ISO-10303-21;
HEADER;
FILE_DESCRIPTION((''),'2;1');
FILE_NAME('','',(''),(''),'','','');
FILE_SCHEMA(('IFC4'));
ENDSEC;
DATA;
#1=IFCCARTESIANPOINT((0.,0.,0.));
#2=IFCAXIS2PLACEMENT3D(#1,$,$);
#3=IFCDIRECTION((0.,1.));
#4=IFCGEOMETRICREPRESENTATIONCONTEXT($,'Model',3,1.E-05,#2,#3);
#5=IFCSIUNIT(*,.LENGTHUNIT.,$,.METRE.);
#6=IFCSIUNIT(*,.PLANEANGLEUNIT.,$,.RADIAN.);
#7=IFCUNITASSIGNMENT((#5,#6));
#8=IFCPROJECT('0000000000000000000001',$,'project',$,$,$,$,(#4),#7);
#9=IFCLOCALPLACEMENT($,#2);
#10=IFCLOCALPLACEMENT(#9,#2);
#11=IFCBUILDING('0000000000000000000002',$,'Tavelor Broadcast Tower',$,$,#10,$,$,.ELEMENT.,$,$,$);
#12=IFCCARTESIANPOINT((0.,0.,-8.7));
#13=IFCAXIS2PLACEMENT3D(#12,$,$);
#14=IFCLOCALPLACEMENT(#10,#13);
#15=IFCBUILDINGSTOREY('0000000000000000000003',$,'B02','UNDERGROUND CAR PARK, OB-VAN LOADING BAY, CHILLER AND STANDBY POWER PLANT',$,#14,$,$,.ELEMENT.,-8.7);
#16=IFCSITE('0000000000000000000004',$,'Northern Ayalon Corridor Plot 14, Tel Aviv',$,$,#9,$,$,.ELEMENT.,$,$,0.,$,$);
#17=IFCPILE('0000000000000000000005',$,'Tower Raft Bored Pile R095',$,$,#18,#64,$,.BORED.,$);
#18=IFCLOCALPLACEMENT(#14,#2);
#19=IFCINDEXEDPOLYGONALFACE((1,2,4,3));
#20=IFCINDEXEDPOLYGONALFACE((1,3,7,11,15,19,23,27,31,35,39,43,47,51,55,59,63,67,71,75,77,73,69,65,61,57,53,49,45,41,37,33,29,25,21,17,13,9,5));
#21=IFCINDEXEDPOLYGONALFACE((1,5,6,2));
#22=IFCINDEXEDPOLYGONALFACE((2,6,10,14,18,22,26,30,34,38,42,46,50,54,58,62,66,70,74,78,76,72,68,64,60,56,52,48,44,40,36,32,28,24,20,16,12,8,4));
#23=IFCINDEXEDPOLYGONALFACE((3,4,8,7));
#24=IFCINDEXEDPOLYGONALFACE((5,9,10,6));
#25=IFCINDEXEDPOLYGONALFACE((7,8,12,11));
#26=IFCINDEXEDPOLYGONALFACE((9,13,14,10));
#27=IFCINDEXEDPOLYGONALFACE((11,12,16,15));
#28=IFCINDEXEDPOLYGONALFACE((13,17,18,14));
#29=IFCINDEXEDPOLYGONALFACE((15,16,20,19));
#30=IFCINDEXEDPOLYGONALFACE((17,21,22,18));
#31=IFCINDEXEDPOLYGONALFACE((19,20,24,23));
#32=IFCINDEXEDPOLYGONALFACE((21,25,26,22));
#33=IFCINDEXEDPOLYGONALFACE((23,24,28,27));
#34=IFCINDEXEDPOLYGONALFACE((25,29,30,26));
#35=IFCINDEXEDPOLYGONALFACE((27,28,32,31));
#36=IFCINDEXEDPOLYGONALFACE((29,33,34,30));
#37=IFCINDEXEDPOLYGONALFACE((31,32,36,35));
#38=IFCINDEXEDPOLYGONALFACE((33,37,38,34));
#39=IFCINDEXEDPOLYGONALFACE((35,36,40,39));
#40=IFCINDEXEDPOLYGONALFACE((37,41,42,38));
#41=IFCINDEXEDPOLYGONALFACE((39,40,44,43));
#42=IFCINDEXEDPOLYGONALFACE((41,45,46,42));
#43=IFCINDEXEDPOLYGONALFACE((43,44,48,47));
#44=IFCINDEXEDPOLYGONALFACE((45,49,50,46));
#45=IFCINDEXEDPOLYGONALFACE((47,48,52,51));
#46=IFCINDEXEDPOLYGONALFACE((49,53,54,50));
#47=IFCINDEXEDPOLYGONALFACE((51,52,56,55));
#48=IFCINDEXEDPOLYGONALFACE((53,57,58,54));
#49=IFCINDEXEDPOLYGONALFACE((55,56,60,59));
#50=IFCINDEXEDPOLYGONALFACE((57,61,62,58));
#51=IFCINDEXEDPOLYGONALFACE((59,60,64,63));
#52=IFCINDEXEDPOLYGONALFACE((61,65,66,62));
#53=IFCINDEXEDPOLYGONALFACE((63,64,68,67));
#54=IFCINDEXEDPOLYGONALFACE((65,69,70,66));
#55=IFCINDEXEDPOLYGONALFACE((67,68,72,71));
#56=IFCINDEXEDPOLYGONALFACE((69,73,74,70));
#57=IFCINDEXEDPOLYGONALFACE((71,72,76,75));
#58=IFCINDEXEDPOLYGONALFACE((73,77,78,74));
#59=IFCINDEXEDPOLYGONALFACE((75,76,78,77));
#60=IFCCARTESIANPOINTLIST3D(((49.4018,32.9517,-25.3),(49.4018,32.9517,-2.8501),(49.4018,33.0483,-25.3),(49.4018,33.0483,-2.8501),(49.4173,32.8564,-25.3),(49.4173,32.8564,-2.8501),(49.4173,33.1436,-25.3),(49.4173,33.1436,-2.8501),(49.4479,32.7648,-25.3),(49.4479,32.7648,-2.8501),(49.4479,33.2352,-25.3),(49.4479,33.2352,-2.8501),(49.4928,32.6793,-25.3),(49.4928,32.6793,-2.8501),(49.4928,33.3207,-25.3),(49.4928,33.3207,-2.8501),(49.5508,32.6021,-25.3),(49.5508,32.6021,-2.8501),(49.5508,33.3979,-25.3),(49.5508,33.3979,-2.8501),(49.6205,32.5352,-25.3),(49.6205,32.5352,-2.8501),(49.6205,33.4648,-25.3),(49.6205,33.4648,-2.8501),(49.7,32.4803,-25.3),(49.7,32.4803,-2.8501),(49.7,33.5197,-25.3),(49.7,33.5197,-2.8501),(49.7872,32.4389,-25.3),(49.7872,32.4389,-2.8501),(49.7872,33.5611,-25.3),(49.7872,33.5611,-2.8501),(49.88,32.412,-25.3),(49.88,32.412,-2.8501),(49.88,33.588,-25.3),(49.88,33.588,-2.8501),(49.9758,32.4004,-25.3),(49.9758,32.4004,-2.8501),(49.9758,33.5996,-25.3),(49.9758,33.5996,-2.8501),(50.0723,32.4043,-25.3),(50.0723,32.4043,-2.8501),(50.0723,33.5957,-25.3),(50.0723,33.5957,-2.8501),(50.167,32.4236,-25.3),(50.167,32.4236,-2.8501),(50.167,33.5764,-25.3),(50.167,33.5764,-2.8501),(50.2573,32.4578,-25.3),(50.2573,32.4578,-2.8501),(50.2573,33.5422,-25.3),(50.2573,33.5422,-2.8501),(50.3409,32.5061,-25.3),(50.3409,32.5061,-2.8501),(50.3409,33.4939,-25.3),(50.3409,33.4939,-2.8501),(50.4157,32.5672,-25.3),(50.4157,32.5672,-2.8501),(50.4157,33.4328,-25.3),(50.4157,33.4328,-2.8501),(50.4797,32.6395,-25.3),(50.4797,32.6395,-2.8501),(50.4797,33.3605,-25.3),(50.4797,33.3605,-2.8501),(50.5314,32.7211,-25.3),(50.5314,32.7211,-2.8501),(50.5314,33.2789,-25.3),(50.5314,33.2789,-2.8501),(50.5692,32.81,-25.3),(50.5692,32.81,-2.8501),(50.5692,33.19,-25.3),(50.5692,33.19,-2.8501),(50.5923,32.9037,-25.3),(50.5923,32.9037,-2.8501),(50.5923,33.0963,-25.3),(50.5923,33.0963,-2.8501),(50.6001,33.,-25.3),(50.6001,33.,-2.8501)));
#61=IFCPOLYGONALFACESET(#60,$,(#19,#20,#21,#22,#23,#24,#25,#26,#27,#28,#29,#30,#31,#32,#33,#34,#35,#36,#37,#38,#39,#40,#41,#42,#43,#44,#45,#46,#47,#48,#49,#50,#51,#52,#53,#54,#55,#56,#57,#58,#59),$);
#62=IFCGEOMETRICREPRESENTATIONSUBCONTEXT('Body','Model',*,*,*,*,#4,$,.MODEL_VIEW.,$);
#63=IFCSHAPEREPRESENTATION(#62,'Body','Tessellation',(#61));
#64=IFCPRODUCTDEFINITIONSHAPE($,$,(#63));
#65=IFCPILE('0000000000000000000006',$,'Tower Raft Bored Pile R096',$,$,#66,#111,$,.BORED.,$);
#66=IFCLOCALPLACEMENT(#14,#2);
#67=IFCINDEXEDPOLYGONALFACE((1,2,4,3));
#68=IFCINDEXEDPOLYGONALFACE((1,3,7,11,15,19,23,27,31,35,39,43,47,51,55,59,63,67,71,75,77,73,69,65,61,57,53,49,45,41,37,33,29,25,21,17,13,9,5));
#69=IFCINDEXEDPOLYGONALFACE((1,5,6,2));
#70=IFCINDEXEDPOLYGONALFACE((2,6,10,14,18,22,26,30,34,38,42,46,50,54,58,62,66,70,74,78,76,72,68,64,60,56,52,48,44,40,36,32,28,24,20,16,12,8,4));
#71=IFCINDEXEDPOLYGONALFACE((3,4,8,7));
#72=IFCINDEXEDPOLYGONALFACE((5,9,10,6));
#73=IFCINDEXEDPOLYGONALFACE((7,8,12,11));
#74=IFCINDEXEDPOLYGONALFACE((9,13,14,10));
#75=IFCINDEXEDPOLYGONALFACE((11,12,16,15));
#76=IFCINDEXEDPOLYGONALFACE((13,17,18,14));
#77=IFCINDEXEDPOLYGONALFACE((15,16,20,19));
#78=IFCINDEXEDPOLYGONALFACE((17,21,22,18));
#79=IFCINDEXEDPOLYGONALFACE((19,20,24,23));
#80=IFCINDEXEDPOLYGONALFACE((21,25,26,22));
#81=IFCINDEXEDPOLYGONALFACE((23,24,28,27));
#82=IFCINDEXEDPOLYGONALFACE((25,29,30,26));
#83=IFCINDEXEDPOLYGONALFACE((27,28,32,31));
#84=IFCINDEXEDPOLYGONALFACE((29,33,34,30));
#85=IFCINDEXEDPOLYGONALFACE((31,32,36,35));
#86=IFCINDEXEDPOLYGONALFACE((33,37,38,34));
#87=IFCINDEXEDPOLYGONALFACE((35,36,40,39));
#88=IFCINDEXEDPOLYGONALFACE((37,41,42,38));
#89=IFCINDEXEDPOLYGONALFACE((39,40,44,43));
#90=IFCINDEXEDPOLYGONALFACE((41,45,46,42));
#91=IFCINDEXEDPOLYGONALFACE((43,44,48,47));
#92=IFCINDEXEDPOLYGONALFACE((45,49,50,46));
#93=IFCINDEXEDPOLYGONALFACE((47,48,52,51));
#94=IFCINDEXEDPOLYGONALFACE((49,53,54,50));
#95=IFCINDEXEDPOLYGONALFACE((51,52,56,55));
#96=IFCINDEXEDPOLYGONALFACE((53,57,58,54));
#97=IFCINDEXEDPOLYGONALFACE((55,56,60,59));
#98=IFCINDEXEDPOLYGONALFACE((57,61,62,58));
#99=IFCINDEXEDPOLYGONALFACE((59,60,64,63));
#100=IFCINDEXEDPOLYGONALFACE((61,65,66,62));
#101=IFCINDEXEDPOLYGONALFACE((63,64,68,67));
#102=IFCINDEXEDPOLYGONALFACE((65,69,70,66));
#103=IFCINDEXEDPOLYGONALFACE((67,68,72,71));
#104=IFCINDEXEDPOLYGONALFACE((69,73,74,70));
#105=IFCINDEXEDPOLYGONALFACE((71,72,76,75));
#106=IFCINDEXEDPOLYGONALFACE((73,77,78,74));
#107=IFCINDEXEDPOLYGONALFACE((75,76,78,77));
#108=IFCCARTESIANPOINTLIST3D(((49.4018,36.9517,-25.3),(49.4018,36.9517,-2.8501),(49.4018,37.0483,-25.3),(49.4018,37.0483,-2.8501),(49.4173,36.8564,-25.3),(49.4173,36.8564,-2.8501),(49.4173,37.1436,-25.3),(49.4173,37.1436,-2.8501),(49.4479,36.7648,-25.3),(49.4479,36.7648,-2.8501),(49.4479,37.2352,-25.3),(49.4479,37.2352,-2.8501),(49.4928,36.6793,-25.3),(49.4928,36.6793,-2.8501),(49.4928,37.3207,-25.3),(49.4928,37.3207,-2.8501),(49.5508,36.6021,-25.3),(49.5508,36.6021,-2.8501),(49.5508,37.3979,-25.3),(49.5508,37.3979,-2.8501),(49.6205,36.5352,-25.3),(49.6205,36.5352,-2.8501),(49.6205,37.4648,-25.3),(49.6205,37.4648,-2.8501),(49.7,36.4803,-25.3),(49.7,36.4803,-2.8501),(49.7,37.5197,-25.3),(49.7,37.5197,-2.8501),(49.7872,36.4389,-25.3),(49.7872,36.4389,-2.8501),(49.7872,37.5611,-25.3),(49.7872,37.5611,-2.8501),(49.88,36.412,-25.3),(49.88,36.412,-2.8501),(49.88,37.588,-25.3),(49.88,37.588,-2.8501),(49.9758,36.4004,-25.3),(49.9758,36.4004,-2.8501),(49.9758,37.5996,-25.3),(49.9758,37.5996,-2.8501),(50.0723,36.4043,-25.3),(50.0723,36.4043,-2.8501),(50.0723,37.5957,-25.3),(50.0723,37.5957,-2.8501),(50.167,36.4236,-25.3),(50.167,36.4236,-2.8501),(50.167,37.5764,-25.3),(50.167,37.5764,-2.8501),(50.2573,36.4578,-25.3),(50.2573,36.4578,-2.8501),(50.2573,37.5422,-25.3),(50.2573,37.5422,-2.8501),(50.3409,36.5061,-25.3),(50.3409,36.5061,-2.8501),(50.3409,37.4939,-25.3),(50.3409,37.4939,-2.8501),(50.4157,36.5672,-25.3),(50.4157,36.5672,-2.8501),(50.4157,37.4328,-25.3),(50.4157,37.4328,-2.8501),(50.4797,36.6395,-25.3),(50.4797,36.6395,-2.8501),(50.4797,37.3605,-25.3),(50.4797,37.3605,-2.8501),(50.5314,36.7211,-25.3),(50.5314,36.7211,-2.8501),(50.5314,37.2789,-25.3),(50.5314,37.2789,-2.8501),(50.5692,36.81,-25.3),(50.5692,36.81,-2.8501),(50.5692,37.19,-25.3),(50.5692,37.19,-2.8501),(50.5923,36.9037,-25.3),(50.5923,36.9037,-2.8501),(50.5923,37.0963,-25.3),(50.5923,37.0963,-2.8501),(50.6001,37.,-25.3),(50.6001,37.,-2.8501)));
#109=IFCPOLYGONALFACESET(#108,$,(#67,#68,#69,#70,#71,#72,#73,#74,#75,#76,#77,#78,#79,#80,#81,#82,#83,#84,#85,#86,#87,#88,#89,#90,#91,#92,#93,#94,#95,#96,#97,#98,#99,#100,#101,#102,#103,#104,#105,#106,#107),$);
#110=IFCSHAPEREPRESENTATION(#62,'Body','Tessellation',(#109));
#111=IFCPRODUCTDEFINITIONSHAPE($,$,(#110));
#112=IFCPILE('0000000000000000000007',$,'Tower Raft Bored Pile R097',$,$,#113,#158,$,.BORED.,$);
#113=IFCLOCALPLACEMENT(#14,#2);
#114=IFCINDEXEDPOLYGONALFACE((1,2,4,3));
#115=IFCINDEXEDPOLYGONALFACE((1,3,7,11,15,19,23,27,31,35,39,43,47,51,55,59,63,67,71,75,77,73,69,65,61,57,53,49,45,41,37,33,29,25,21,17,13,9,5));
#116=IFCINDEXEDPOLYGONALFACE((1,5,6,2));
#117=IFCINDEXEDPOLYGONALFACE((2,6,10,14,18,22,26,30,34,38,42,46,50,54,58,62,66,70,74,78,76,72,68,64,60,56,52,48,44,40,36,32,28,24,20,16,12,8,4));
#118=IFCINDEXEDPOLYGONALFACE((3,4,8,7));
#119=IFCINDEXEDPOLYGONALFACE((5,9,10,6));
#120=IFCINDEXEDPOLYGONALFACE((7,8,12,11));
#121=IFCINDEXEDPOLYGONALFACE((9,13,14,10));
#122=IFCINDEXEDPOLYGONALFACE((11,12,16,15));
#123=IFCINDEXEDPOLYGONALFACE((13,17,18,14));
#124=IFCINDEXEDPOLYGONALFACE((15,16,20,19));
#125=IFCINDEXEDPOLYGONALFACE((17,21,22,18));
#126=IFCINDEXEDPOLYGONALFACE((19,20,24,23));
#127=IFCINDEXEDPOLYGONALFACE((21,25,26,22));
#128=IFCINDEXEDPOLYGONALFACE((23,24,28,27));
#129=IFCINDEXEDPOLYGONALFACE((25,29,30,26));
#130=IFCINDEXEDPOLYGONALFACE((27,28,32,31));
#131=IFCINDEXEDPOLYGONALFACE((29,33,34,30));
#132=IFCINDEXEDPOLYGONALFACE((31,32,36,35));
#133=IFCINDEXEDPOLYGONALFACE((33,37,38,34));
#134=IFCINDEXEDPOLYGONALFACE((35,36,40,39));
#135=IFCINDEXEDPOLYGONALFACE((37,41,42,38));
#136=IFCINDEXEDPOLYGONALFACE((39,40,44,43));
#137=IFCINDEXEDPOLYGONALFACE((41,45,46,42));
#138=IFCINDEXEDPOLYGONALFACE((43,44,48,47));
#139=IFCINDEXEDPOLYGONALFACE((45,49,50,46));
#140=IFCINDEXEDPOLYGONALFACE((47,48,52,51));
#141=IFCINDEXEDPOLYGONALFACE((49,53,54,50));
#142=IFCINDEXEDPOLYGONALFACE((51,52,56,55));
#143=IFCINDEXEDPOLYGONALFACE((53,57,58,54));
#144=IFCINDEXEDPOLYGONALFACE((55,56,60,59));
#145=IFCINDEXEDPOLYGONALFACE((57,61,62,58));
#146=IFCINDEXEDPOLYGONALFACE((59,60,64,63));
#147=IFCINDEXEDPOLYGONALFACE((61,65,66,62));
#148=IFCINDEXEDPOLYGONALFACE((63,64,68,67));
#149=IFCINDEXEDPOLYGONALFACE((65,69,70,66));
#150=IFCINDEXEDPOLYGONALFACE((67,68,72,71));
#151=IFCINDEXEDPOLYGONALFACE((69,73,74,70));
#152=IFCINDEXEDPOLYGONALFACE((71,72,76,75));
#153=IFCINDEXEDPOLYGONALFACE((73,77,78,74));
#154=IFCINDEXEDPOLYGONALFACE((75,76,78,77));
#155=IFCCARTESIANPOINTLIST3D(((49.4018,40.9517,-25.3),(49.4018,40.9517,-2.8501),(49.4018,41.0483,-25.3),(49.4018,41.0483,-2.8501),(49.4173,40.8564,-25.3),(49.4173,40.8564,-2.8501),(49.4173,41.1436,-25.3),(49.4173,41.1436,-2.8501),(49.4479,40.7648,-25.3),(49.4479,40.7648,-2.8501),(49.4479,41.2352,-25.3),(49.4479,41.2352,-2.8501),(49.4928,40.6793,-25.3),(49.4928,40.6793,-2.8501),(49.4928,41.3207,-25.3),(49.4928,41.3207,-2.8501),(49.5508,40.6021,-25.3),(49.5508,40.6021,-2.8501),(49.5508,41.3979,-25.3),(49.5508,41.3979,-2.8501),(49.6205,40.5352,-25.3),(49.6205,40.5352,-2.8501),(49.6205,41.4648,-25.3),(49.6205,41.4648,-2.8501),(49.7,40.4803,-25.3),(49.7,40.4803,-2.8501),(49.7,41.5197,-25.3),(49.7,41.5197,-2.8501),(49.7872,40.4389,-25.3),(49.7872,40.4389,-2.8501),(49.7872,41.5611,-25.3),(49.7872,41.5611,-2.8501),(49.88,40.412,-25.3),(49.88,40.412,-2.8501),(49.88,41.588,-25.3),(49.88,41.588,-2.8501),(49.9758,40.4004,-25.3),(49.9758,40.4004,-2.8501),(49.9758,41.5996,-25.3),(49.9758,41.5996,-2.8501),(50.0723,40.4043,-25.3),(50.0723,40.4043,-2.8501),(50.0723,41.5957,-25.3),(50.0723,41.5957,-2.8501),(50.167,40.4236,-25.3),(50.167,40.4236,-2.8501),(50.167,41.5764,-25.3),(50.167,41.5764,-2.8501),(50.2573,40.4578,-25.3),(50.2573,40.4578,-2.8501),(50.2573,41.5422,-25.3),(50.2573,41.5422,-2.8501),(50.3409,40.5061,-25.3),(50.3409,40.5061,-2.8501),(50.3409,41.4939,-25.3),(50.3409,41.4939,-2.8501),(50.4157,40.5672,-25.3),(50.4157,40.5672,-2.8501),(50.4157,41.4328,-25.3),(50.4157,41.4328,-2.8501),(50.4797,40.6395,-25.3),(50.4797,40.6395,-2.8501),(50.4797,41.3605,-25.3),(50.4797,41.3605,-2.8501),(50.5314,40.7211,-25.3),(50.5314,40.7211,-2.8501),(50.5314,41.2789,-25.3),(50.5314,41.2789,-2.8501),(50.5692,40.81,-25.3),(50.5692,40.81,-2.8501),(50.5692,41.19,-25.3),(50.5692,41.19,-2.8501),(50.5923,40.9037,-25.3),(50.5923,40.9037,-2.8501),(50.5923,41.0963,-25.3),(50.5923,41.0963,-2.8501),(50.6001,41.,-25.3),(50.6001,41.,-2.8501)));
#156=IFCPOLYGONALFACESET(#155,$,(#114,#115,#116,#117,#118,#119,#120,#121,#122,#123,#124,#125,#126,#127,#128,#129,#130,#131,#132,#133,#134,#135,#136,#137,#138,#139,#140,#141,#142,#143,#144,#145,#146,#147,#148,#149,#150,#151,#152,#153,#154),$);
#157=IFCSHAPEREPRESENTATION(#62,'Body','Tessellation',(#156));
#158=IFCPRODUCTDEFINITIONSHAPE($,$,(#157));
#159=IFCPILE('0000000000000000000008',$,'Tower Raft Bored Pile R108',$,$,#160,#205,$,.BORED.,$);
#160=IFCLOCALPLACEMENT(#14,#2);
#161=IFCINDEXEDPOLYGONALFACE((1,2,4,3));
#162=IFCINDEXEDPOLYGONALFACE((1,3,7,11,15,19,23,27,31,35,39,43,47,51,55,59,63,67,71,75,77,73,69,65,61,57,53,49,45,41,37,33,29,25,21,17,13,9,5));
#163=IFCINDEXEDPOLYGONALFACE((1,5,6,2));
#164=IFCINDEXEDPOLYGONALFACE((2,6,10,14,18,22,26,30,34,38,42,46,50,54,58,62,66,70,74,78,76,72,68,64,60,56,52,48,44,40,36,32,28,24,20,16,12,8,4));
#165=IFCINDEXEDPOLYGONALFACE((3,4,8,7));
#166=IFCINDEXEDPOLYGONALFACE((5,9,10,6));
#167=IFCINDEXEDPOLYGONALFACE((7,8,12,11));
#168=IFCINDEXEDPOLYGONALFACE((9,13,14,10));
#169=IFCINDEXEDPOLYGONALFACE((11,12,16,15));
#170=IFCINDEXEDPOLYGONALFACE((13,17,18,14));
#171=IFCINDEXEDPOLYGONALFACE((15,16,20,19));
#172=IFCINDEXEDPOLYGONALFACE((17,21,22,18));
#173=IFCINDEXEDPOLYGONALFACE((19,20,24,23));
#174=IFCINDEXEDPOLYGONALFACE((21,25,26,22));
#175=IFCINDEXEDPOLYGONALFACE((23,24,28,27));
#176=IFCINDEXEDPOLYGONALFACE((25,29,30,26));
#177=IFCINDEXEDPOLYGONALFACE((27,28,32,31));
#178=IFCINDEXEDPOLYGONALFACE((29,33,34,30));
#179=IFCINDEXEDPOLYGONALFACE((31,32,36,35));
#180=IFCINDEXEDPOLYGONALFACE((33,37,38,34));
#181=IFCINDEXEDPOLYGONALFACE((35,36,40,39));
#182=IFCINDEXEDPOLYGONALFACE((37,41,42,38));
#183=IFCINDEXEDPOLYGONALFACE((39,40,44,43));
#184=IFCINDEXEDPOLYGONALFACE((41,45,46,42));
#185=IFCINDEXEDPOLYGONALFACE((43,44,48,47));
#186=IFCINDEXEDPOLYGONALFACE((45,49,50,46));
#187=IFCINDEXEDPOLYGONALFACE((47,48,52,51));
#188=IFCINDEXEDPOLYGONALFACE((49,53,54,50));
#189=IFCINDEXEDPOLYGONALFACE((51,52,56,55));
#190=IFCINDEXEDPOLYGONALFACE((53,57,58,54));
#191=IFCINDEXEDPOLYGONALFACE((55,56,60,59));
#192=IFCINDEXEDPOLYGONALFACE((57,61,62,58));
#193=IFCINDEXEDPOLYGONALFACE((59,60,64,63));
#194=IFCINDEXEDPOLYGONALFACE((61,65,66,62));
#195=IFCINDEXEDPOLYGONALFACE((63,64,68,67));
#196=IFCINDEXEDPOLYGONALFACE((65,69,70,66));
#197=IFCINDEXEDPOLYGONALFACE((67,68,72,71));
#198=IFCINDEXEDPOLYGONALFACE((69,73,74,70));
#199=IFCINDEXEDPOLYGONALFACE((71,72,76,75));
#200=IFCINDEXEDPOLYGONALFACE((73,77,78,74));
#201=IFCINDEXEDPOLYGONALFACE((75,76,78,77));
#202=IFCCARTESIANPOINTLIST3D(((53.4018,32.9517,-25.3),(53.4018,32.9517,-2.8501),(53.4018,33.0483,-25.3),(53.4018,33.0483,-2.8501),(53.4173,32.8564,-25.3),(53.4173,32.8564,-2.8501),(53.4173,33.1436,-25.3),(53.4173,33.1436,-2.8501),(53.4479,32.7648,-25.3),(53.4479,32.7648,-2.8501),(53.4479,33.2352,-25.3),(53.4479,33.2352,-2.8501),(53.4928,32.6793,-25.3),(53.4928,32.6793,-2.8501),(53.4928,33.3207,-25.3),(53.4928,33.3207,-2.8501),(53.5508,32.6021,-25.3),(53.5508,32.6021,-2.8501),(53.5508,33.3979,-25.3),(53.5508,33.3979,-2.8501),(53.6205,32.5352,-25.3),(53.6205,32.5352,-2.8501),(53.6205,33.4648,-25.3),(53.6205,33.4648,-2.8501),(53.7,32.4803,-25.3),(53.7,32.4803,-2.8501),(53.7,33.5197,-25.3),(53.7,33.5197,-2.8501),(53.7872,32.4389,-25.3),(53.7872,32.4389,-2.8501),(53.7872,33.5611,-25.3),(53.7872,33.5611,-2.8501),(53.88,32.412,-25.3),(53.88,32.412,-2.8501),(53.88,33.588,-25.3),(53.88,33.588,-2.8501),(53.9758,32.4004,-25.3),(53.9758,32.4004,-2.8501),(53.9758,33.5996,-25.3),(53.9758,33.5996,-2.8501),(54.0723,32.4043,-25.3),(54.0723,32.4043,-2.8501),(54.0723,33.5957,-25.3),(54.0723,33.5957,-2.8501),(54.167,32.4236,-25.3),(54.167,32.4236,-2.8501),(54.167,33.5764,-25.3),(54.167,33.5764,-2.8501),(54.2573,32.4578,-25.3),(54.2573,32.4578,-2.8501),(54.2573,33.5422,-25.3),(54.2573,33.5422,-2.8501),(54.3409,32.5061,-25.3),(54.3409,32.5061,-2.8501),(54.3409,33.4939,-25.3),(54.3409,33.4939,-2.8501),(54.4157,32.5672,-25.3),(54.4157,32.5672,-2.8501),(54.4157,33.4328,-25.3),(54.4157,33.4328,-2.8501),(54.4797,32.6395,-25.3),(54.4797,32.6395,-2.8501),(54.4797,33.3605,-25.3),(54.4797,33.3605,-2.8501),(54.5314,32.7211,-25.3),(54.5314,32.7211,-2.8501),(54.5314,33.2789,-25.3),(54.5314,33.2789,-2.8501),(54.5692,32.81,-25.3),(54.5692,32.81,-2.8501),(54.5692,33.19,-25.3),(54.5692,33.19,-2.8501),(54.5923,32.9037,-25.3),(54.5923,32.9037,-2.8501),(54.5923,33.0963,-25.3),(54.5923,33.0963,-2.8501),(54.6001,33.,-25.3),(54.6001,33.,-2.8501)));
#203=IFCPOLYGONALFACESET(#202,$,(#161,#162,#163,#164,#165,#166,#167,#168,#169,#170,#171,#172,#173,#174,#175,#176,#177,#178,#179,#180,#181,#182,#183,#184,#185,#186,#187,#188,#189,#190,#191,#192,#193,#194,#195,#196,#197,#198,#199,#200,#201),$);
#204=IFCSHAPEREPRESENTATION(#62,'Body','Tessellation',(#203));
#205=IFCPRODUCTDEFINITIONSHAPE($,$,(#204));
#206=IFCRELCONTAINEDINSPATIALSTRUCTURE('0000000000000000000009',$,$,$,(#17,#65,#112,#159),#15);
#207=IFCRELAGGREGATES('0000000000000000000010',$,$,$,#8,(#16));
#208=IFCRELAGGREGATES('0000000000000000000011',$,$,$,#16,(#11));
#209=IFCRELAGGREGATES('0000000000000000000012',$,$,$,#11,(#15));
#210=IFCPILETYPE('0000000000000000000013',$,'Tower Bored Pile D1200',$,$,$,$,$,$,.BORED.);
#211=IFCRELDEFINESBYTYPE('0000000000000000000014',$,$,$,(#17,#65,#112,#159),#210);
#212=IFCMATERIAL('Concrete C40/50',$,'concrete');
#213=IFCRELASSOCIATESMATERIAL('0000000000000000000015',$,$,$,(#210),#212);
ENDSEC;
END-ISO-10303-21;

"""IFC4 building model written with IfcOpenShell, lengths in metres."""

from ifc_helpers import new_model, si_unit, direction, frame, origin, origin_2d, place, context, subcontext, project, spatial, circle, extrude, material, material_profile, profile_set, type_object, element, save


model = new_model("IFC4")

# Units and contexts
model_context = context("Model", 3, precision=1e-05, world=origin(), true_north=direction((0.0, 1.0)))
body_context = subcontext(model_context, "Body", "Model", "MODEL_VIEW")
ifc_project = project(units=[si_unit("LENGTHUNIT", "METRE"), si_unit("PLANEANGLEUNIT", "RADIAN")], contexts=[model_context])

# Site, building, storey
site_placement = place(None, origin())
site = spatial("IfcSite", under=ifc_project, at=site_placement, Name="Northern Ayalon Corridor Plot 14, Tel Aviv", CompositionType="ELEMENT", RefElevation=0.0)
building_placement = place(site_placement, origin())
building = spatial("IfcBuilding", under=site, at=building_placement, Name="Tavelor Broadcast Tower", CompositionType="ELEMENT")
storey_placement = place(building_placement, frame((0.0, 0.0, -8.7)))
storey = spatial("IfcBuildingStorey", under=building, at=storey_placement, Name="B02", Description="UNDERGROUND CAR PARK, OB-VAN LOADING BAY, CHILLER AND STANDBY POWER PLANT", CompositionType="ELEMENT", Elevation=-8.7)

# Piles
ifc_material_1 = material(Name="Concrete C40/50", Category="concrete")
ifc_material_profile_1 = material_profile(ifc_material_1, circle(Radius=0.6001, at=origin_2d()), Name="PILE D1200")
ifc_profile_set_1 = profile_set([ifc_material_profile_1], Name="Concrete C40/50")
pile_type = type_object("IfcPileType", Name="Tower Bored Pile D1200", PredefinedType="BORED", material=ifc_profile_set_1)
for number, where, z_axis, x_axis, name in (
    (1, (50.0, 33.0, -2.8501), (0.0, 0.0, -1.0), (1.0, 0.0, 0.0), "Tower Raft Bored Pile R095"),
    (2, (50.0, 37.0, -2.8501), (0.0, 0.0, -1.0), (1.0, 0.0, 0.0), "Tower Raft Bored Pile R096"),
    (3, (50.0, 41.0, -2.8501), (0.0, 0.0, -1.0), (1.0, 0.0, 0.0), "Tower Raft Bored Pile R097"),
    (4, (54.0, 33.0, -2.8501), (0.0, 0.0, -1.0), (1.0, 0.0, 0.0), "Tower Raft Bored Pile R108"),
):
    element("IfcPile", number, at=place(storey_placement, frame(where, z_axis=z_axis, x_axis=x_axis)), inside=storey, type_object=pile_type, Name=name, PredefinedType="BORED", context=body_context, shape_type="SweptSolid", body=[
        extrude(circle(Radius=0.6001, at=origin_2d()), origin(), (0.0, 0.0, 1.0), 22.45),
    ])

save(model, "model.ifc")
